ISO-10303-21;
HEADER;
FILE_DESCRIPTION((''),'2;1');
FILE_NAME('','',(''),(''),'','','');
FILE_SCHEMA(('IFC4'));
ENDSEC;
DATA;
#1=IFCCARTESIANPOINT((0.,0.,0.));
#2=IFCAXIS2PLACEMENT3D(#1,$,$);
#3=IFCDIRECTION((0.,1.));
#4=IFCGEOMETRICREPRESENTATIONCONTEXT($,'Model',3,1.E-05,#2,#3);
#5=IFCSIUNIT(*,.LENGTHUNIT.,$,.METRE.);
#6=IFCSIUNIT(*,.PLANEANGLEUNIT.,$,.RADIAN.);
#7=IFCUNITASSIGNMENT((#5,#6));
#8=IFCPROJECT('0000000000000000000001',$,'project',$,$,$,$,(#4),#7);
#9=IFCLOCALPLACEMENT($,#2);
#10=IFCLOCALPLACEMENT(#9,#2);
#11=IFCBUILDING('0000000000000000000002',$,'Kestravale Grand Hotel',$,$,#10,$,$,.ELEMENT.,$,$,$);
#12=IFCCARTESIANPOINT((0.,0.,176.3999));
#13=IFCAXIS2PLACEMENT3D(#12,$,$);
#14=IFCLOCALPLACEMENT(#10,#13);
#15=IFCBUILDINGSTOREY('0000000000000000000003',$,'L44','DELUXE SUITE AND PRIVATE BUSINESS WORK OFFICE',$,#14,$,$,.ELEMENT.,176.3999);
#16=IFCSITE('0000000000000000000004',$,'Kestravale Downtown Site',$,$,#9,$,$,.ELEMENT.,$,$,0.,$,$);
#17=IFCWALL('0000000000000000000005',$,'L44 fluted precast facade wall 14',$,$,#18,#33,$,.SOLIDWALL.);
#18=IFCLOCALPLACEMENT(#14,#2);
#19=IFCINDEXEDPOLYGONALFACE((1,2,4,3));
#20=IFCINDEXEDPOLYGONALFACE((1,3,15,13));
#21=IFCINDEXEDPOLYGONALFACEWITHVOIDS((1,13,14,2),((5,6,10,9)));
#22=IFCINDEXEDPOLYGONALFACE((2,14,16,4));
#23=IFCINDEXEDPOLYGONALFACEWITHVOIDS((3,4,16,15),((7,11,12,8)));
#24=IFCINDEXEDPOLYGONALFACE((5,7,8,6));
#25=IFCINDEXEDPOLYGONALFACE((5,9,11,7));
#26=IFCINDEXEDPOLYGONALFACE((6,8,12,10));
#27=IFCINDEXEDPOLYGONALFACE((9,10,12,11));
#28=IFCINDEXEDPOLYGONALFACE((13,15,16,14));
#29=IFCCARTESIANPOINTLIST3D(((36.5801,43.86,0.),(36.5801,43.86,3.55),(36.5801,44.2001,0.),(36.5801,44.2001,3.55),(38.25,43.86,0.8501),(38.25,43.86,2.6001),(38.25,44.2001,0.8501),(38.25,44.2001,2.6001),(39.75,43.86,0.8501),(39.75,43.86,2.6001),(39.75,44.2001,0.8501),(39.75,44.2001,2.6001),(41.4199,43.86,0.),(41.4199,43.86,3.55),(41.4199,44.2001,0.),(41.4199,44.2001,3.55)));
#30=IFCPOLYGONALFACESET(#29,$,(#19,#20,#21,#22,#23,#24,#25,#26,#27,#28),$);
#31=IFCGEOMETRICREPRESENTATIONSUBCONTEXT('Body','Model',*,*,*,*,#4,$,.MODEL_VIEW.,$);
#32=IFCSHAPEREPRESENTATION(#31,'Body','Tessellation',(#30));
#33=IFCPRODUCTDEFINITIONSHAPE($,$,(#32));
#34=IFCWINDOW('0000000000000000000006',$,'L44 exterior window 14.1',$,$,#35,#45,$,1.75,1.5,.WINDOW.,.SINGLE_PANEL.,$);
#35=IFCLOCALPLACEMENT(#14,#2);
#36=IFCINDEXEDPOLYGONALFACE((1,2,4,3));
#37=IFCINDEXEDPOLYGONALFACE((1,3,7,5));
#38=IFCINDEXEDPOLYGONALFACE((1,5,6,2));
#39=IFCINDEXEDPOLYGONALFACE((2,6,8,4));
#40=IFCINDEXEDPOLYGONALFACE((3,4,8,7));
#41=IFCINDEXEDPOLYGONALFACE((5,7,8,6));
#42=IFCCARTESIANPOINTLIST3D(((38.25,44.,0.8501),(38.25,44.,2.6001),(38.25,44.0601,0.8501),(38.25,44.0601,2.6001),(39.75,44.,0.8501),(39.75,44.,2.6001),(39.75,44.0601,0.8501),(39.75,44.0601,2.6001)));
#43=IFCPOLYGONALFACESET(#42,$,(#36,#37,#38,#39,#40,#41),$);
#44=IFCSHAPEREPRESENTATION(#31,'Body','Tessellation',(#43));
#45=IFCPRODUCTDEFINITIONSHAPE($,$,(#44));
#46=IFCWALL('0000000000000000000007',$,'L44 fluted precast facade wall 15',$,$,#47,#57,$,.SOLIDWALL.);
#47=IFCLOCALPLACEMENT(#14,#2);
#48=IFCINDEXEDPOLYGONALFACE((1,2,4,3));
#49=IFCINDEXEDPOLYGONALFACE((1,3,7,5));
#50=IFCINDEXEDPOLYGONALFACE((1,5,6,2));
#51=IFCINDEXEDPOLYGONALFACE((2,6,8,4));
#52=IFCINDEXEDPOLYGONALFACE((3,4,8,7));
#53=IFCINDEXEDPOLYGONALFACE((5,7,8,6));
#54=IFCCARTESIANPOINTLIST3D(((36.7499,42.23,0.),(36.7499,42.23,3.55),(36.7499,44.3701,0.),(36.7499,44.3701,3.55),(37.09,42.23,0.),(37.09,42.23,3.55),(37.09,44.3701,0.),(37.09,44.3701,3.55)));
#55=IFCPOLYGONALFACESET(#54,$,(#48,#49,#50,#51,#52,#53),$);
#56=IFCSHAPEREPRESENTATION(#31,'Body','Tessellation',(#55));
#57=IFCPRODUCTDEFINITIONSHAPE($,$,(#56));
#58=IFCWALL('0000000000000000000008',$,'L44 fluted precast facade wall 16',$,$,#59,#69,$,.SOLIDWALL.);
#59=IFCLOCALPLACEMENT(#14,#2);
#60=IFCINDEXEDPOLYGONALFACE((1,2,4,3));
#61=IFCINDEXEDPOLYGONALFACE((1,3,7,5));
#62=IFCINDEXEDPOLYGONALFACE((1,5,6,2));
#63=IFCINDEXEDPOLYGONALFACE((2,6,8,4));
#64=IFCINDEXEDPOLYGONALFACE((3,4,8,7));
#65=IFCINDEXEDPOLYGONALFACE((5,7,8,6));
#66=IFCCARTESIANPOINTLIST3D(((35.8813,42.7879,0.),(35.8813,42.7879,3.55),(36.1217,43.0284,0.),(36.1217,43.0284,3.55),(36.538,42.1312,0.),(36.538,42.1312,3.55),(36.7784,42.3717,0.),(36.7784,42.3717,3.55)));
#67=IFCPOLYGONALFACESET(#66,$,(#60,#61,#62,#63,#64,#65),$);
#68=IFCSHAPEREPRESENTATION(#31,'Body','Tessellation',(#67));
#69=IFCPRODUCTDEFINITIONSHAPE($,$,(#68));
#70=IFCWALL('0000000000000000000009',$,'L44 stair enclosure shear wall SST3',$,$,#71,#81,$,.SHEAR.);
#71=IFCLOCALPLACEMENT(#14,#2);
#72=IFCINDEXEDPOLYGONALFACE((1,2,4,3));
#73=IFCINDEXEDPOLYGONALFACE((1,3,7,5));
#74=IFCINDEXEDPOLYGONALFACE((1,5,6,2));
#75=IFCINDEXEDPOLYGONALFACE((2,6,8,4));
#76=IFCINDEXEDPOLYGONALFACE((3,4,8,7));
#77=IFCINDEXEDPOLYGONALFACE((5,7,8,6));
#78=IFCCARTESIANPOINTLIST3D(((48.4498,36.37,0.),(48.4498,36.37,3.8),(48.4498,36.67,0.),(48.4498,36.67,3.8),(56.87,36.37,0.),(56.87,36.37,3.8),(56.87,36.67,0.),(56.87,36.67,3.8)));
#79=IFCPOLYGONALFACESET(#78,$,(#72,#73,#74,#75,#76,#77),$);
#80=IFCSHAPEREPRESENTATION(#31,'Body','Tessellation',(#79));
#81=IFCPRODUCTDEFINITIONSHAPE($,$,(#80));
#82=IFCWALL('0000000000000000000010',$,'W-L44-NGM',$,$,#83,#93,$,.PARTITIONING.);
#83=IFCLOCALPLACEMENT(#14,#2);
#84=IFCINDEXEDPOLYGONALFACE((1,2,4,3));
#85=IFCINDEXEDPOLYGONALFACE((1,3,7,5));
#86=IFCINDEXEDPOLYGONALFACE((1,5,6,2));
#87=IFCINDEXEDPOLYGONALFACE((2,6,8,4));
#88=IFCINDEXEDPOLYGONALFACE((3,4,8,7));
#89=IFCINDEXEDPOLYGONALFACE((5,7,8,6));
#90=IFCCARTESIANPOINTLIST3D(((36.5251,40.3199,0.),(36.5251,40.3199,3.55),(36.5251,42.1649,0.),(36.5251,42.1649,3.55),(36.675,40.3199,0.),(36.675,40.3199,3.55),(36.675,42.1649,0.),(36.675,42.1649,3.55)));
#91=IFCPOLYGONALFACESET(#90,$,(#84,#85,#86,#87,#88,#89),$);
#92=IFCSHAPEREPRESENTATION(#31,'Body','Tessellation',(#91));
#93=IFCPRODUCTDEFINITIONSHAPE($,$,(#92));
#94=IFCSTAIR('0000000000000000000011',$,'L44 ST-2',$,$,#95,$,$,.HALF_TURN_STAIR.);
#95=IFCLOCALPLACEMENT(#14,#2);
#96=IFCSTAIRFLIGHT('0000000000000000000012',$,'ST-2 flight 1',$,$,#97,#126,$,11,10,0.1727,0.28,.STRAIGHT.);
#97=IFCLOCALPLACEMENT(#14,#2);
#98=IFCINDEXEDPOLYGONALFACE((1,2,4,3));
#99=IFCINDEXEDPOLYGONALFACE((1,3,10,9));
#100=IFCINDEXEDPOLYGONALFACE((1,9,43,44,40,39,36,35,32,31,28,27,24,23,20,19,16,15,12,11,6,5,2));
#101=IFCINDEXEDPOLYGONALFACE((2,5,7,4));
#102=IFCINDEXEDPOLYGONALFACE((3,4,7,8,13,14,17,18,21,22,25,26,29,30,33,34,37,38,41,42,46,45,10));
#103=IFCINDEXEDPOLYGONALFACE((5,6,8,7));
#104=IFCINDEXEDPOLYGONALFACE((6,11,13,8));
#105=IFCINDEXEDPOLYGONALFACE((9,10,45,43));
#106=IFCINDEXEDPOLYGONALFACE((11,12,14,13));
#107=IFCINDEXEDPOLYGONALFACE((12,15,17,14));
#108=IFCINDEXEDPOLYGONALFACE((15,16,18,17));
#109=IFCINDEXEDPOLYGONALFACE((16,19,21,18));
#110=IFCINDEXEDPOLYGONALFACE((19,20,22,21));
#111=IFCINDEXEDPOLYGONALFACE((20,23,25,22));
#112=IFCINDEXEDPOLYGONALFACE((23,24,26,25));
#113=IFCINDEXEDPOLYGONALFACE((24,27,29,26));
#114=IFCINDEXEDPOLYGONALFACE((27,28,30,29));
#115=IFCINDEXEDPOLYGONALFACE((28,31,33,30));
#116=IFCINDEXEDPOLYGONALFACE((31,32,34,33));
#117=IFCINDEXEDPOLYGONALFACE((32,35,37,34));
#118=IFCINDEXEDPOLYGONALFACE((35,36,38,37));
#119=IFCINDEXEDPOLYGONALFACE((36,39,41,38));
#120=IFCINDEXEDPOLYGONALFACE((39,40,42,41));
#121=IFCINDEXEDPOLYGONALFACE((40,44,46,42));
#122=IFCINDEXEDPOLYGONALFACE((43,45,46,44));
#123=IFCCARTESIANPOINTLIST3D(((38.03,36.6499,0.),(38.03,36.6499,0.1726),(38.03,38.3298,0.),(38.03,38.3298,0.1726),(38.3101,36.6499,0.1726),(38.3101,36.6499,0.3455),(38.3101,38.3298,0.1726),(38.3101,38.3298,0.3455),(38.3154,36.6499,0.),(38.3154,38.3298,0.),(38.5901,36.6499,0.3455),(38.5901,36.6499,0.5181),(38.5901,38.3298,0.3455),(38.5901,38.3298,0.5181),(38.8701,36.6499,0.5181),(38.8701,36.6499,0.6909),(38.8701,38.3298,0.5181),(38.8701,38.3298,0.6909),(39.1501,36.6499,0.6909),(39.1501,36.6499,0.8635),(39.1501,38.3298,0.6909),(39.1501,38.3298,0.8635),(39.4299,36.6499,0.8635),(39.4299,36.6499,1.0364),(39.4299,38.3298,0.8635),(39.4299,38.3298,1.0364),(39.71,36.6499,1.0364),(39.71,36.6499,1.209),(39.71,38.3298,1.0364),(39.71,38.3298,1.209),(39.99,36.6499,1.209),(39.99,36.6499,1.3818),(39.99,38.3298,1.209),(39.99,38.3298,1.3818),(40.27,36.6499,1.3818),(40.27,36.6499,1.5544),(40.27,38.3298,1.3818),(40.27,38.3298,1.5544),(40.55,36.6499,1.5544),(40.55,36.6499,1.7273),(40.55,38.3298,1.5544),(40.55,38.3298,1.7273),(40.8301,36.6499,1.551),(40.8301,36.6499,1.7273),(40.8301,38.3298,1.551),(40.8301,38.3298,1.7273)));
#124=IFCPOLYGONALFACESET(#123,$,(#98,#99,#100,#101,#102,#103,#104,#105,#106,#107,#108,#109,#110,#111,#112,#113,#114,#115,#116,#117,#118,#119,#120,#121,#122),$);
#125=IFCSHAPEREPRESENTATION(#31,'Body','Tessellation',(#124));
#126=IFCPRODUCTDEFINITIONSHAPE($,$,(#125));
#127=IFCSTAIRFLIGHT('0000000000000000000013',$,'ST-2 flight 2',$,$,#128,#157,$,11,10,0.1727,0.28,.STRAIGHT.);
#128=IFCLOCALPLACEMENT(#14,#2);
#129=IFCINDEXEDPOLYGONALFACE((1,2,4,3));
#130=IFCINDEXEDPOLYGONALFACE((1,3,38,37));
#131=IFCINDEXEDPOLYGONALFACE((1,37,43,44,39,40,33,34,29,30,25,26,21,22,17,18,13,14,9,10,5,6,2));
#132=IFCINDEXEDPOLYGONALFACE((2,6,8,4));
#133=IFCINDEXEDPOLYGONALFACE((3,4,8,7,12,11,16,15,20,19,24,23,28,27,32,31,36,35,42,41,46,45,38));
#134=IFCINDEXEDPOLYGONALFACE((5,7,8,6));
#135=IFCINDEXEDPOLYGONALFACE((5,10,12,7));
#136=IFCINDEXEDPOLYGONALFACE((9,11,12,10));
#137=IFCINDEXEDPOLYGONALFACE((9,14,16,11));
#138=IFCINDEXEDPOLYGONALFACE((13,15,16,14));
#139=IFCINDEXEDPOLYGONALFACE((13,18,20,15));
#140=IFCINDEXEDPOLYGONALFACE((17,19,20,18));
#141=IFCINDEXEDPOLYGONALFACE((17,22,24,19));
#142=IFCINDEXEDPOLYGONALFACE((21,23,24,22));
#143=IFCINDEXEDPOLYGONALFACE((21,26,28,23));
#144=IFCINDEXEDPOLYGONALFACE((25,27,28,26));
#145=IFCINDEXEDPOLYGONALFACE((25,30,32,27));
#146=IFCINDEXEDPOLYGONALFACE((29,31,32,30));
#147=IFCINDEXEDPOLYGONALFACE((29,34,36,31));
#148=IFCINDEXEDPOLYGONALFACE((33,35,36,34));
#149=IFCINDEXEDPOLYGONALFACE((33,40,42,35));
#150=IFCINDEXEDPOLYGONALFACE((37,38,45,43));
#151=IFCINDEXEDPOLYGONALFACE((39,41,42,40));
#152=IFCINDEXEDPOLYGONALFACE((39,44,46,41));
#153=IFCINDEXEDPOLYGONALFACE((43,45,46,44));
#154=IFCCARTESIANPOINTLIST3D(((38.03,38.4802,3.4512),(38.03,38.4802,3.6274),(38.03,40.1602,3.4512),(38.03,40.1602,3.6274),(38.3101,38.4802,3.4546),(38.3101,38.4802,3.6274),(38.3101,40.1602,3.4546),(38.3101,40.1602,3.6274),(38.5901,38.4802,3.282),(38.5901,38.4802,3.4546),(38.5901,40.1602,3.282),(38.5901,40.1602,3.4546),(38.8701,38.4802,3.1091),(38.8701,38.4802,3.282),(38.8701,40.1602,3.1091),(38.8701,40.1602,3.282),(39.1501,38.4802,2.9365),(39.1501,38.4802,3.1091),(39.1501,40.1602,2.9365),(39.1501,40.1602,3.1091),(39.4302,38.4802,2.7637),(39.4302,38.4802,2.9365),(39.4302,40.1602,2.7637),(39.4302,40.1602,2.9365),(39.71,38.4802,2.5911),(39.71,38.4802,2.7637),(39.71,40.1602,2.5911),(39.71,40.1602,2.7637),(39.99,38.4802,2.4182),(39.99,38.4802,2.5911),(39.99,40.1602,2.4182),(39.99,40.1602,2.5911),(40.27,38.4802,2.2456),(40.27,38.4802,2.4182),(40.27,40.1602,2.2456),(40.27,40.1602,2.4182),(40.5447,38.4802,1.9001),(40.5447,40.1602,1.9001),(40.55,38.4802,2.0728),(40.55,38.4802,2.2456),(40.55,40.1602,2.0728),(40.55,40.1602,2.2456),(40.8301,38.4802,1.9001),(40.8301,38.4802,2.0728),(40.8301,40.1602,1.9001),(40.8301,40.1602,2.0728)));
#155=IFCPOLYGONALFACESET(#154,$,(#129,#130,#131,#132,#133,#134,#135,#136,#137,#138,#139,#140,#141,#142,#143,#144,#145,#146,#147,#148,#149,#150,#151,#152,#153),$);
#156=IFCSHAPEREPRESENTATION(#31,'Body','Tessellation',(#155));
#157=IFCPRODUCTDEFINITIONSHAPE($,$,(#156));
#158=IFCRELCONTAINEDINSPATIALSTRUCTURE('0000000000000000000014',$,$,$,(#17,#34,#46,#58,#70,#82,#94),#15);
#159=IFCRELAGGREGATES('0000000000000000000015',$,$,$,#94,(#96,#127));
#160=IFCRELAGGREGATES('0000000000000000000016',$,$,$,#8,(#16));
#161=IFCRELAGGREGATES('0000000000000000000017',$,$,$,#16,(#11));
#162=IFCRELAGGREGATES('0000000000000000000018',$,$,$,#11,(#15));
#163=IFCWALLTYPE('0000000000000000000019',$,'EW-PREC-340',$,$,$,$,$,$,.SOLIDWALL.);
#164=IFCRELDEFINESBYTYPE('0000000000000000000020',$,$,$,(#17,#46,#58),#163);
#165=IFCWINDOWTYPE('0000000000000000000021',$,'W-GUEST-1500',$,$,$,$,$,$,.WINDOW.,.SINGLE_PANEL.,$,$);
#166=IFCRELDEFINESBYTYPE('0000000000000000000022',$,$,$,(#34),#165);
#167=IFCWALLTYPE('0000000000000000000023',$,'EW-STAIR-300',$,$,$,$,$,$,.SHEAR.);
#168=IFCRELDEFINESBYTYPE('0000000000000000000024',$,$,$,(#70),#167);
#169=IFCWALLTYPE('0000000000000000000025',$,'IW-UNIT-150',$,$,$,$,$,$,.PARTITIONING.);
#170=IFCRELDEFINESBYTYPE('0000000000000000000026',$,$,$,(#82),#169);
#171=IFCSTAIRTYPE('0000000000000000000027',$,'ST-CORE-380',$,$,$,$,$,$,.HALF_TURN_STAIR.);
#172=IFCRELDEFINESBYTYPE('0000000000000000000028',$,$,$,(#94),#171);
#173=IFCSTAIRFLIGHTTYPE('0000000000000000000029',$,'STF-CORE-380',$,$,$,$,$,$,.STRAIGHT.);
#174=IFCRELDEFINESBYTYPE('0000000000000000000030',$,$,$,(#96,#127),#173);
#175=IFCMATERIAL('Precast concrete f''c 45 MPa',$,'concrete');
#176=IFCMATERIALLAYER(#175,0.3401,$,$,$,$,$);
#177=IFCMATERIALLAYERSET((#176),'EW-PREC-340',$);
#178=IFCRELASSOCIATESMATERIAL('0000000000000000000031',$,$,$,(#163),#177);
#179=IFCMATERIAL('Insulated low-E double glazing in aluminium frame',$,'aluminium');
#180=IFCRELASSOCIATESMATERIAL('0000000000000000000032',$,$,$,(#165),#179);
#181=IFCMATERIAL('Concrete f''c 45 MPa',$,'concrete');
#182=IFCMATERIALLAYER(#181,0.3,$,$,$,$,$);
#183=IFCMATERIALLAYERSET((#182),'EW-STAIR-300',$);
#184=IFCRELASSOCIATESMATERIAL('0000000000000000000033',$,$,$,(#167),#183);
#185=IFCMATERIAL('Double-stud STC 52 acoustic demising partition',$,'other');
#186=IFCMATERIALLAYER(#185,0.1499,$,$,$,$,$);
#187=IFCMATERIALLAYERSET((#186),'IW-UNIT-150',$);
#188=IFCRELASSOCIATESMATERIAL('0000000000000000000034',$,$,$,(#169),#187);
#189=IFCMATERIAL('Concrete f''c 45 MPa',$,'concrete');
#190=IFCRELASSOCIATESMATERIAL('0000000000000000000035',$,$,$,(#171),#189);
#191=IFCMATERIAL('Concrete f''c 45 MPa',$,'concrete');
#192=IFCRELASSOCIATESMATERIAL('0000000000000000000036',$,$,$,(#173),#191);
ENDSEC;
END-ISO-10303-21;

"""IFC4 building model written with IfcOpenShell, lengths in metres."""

from ifc_helpers import new_model, si_unit, direction, frame, frame_2d, origin, place, context, subcontext, project, spatial, polyline, rectangle, outline, extrude, material, layer, layer_set, type_object, element, fill, aggregate, save


model = new_model("IFC4")

# Units and contexts
model_context = context("Model", 3, precision=1e-05, world=origin(), true_north=direction((0.0, 1.0)))
body_context = subcontext(model_context, "Body", "Model", "MODEL_VIEW")
ifc_project = project(units=[si_unit("LENGTHUNIT", "METRE"), si_unit("PLANEANGLEUNIT", "RADIAN")], contexts=[model_context])

# Site, building, storey
site_placement = place(None, origin())
site = spatial("IfcSite", under=ifc_project, at=site_placement, Name="Kestravale Downtown Site", CompositionType="ELEMENT", RefElevation=0.0)
building_placement = place(site_placement, origin())
building = spatial("IfcBuilding", under=site, at=building_placement, Name="Kestravale Grand Hotel", CompositionType="ELEMENT")
storey_placement = place(building_placement, frame((0.0, 0.0, 176.3999)))
storey = spatial("IfcBuildingStorey", under=building, at=storey_placement, Name="L44", Description="DELUXE SUITE AND PRIVATE BUSINESS WORK OFFICE", CompositionType="ELEMENT", Elevation=176.3999)

# Shared definitions
ifc_material_1 = material(Name="Precast concrete f'c 45 MPa", Category="concrete")
ifc_layer_1 = layer(ifc_material_1, 0.3401)
ifc_layer_set_1 = layer_set([ifc_layer_1], Name="EW-PREC-340")
wall_type_1 = type_object("IfcWallType", Name="EW-PREC-340", PredefinedType="SOLIDWALL", material=ifc_layer_set_1)

# Wall, opening, window
ifc_material_2 = material(Name="Insulated low-E double glazing in aluminium frame", Category="aluminium")
window_type = type_object("IfcWindowType", Name="W-GUEST-1500", PartitioningType="SINGLE_PANEL", PredefinedType="WINDOW", material=ifc_material_2)
wall_1_placement = place(storey_placement, frame((41.4199, 44.03, 0.0), z_axis=(0.0, 0.0, 1.0), x_axis=(-1.0, 0.0, 0.0)))
wall_1 = element("IfcWall", 1, at=wall_1_placement, inside=storey, type_object=wall_type_1, Name="L44 fluted precast facade wall 14", PredefinedType="SOLIDWALL", context=body_context, shape_type="SweptSolid", body=[
    extrude(rectangle(XDim=4.8398, YDim=0.3401, at=frame_2d((2.4199, 0.0))), origin(), (0.0, 0.0, 1.0), 3.55),
])
opening_1_placement = place(wall_1_placement, frame((1.6699, 0.0, 0.8501)))
opening_1 = element("IfcOpeningElement", 2, at=opening_1_placement, cuts=wall_1, PredefinedType="OPENING", context=body_context, shape_type="SweptSolid", body=[
    extrude(rectangle(XDim=1.5, YDim=1.75, at=frame_2d((0.75, 0.875))), frame((0.0, 0.1799, 0.0), z_axis=(0.0, -1.0, 0.0), x_axis=(1.0, 0.0, 0.0)), (0.0, 0.0, 1.0), 0.3601),
])
window_1_placement = place(opening_1_placement, origin())
window_1 = element("IfcWindow", 3, at=window_1_placement, inside=storey, type_object=window_type, Name="L44 exterior window 14.1", OverallHeight=1.75, OverallWidth=1.5, PartitioningType="SINGLE_PANEL", PredefinedType="WINDOW", context=body_context, shape_type="SweptSolid", body=[
    extrude(rectangle(XDim=1.5, YDim=1.75, at=frame_2d((0.75, 0.875))), frame((0.0, 0.03, 0.0), z_axis=(0.0, -1.0, 0.0), x_axis=(1.0, 0.0, 0.0)), (0.0, 0.0, 1.0), 0.0601),
])
fill(opening_1, window_1)

# Walls
wall_2_placement = place(storey_placement, frame((36.9199, 44.3701, 0.0), z_axis=(0.0, 0.0, 1.0), x_axis=(0.0, -1.0, 0.0)))
element("IfcWall", 4, at=wall_2_placement, inside=storey, type_object=wall_type_1, Name="L44 fluted precast facade wall 15", PredefinedType="SOLIDWALL", context=body_context, shape_type="SweptSolid", body=[
    extrude(rectangle(XDim=2.1401, YDim=0.3401, at=frame_2d((1.0701, 0.0))), origin(), (0.0, 0.0, 1.0), 3.55),
])
wall_3_placement = place(storey_placement, frame((36.6582, 42.2515, 0.0), z_axis=(0.0, 0.0, 1.0), x_axis=(-0.707107, 0.707107, 0.0)))
element("IfcWall", 5, at=wall_3_placement, inside=storey, type_object=wall_type_1, Name="L44 fluted precast facade wall 16", PredefinedType="SOLIDWALL", context=body_context, shape_type="SweptSolid", body=[
    extrude(rectangle(XDim=0.9287, YDim=0.3401, at=frame_2d((0.4644, 0.0))), origin(), (0.0, 0.0, 1.0), 3.55),
])
ifc_material_3 = material(Name="Concrete f'c 45 MPa", Category="concrete")
ifc_layer_2 = layer(ifc_material_3, 0.3)
ifc_layer_set_2 = layer_set([ifc_layer_2], Name="EW-STAIR-300")
wall_type_2 = type_object("IfcWallType", Name="EW-STAIR-300", PredefinedType="SHEAR", material=ifc_layer_set_2)
wall_4_placement = place(storey_placement, frame((48.45, 36.52, 0.0), z_axis=(0.0, 0.0, 1.0), x_axis=(1.0, 0.0, 0.0)))
element("IfcWall", 6, at=wall_4_placement, inside=storey, type_object=wall_type_2, Name="L44 stair enclosure shear wall SST3", PredefinedType="SHEAR", context=body_context, shape_type="SweptSolid", body=[
    extrude(rectangle(XDim=8.4202, YDim=0.3, at=frame_2d((4.21, 0.0))), origin(), (0.0, 0.0, 1.0), 3.8),
])
ifc_material_4 = material(Name="Double-stud STC 52 acoustic demising partition", Category="other")
ifc_layer_3 = layer(ifc_material_4, 0.1499)
ifc_layer_set_3 = layer_set([ifc_layer_3], Name="IW-UNIT-150")
wall_type_3 = type_object("IfcWallType", Name="IW-UNIT-150", PredefinedType="PARTITIONING", material=ifc_layer_set_3)
wall_5_placement = place(storey_placement, frame((36.6001, 40.3201, 0.0), z_axis=(0.0, 0.0, 1.0), x_axis=(0.0, 1.0, 0.0)))
element("IfcWall", 7, at=wall_5_placement, inside=storey, type_object=wall_type_3, Name="W-L44-NGM", PredefinedType="PARTITIONING", context=body_context, shape_type="SweptSolid", body=[
    extrude(rectangle(XDim=1.845, YDim=0.1499, at=frame_2d((0.9224, 0.0))), origin(), (0.0, 0.0, 1.0), 3.55),
])

# Stair, stair flights
ifc_material_5 = material(Name="Concrete f'c 45 MPa", Category="concrete")
stair_type = type_object("IfcStairType", Name="ST-CORE-380", PredefinedType="HALF_TURN_STAIR", material=ifc_material_5)
stair_placement = place(storey_placement, origin())
stair = element("IfcStair", 8, at=stair_placement, inside=storey, type_object=stair_type, Name="L44 ST-2", PredefinedType="HALF_TURN_STAIR")
ifc_material_6 = material(Name="Concrete f'c 45 MPa", Category="concrete")
stair_flight_type = type_object("IfcStairFlightType", Name="STF-CORE-380", PredefinedType="STRAIGHT", material=ifc_material_6)
stair_flight_1_placement = place(storey_placement, frame((38.03, 37.49, 0.0), z_axis=(0.0, 0.0, 1.0), x_axis=(1.0, 0.0, 0.0)))
stair_flight_1 = element("IfcStairFlight", 9, at=stair_flight_1_placement, type_object=stair_flight_type, Name="ST-2 flight 1", NumberOfRisers=11, NumberOfTreads=10, PredefinedType="STRAIGHT", RiserHeight=0.1727, TreadLength=0.28, context=body_context, shape_type="SweptSolid", body=[
    extrude(outline(polyline([(0.0, 0.0), (0.0, 0.1726), (0.28, 0.1726), (0.28, 0.3455), (0.5601, 0.3455), (0.5601, 0.5181), (0.8401, 0.5181), (0.8401, 0.6909), (1.1201, 0.6909), (1.1201, 0.8635), (1.3999, 0.8635), (1.3999, 1.0364), (1.6799, 1.0364), (1.6799, 1.209), (1.96, 1.209), (1.96, 1.3818), (2.24, 1.3818), (2.24, 1.5544), (2.52, 1.5544), (2.52, 1.7273), (2.8, 1.7273), (2.8, 1.8999), (2.8, 1.551), (0.2854, 0.0), (0.0, 0.0)])), frame((0.0, 0.8398, 0.0), z_axis=(0.0, -1.0, 0.0), x_axis=(1.0, 0.0, 0.0)), (0.0, 0.0, 1.0), 1.6799),
])
stair_flight_2_placement = place(storey_placement, frame((40.8301, 39.3201, 1.9001), z_axis=(0.0, 0.0, 1.0), x_axis=(-1.0, 0.0, 0.0)))
stair_flight_2 = element("IfcStairFlight", 10, at=stair_flight_2_placement, type_object=stair_flight_type, Name="ST-2 flight 2", NumberOfRisers=11, NumberOfTreads=10, PredefinedType="STRAIGHT", RiserHeight=0.1727, TreadLength=0.28, context=body_context, shape_type="SweptSolid", body=[
    extrude(outline(polyline([(0.0, 0.0), (0.0, 0.1726), (0.28, 0.1726), (0.28, 0.3455), (0.5601, 0.3455), (0.5601, 0.5181), (0.8401, 0.5181), (0.8401, 0.6909), (1.1201, 0.6909), (1.1201, 0.8635), (1.3999, 0.8635), (1.3999, 1.0364), (1.6799, 1.0364), (1.6799, 1.209), (1.96, 1.209), (1.96, 1.3818), (2.24, 1.3818), (2.24, 1.5544), (2.52, 1.5544), (2.52, 1.7273), (2.8, 1.7273), (2.8, 1.8999), (2.8, 1.551), (0.2854, 0.0), (0.0, 0.0)])), frame((0.0, 0.8398, 0.0), z_axis=(0.0, -1.0, 0.0), x_axis=(1.0, 0.0, 0.0)), (0.0, 0.0, 1.0), 1.6799),
])
aggregate(stair, [stair_flight_1, stair_flight_2])

save(model, "model.ifc")
